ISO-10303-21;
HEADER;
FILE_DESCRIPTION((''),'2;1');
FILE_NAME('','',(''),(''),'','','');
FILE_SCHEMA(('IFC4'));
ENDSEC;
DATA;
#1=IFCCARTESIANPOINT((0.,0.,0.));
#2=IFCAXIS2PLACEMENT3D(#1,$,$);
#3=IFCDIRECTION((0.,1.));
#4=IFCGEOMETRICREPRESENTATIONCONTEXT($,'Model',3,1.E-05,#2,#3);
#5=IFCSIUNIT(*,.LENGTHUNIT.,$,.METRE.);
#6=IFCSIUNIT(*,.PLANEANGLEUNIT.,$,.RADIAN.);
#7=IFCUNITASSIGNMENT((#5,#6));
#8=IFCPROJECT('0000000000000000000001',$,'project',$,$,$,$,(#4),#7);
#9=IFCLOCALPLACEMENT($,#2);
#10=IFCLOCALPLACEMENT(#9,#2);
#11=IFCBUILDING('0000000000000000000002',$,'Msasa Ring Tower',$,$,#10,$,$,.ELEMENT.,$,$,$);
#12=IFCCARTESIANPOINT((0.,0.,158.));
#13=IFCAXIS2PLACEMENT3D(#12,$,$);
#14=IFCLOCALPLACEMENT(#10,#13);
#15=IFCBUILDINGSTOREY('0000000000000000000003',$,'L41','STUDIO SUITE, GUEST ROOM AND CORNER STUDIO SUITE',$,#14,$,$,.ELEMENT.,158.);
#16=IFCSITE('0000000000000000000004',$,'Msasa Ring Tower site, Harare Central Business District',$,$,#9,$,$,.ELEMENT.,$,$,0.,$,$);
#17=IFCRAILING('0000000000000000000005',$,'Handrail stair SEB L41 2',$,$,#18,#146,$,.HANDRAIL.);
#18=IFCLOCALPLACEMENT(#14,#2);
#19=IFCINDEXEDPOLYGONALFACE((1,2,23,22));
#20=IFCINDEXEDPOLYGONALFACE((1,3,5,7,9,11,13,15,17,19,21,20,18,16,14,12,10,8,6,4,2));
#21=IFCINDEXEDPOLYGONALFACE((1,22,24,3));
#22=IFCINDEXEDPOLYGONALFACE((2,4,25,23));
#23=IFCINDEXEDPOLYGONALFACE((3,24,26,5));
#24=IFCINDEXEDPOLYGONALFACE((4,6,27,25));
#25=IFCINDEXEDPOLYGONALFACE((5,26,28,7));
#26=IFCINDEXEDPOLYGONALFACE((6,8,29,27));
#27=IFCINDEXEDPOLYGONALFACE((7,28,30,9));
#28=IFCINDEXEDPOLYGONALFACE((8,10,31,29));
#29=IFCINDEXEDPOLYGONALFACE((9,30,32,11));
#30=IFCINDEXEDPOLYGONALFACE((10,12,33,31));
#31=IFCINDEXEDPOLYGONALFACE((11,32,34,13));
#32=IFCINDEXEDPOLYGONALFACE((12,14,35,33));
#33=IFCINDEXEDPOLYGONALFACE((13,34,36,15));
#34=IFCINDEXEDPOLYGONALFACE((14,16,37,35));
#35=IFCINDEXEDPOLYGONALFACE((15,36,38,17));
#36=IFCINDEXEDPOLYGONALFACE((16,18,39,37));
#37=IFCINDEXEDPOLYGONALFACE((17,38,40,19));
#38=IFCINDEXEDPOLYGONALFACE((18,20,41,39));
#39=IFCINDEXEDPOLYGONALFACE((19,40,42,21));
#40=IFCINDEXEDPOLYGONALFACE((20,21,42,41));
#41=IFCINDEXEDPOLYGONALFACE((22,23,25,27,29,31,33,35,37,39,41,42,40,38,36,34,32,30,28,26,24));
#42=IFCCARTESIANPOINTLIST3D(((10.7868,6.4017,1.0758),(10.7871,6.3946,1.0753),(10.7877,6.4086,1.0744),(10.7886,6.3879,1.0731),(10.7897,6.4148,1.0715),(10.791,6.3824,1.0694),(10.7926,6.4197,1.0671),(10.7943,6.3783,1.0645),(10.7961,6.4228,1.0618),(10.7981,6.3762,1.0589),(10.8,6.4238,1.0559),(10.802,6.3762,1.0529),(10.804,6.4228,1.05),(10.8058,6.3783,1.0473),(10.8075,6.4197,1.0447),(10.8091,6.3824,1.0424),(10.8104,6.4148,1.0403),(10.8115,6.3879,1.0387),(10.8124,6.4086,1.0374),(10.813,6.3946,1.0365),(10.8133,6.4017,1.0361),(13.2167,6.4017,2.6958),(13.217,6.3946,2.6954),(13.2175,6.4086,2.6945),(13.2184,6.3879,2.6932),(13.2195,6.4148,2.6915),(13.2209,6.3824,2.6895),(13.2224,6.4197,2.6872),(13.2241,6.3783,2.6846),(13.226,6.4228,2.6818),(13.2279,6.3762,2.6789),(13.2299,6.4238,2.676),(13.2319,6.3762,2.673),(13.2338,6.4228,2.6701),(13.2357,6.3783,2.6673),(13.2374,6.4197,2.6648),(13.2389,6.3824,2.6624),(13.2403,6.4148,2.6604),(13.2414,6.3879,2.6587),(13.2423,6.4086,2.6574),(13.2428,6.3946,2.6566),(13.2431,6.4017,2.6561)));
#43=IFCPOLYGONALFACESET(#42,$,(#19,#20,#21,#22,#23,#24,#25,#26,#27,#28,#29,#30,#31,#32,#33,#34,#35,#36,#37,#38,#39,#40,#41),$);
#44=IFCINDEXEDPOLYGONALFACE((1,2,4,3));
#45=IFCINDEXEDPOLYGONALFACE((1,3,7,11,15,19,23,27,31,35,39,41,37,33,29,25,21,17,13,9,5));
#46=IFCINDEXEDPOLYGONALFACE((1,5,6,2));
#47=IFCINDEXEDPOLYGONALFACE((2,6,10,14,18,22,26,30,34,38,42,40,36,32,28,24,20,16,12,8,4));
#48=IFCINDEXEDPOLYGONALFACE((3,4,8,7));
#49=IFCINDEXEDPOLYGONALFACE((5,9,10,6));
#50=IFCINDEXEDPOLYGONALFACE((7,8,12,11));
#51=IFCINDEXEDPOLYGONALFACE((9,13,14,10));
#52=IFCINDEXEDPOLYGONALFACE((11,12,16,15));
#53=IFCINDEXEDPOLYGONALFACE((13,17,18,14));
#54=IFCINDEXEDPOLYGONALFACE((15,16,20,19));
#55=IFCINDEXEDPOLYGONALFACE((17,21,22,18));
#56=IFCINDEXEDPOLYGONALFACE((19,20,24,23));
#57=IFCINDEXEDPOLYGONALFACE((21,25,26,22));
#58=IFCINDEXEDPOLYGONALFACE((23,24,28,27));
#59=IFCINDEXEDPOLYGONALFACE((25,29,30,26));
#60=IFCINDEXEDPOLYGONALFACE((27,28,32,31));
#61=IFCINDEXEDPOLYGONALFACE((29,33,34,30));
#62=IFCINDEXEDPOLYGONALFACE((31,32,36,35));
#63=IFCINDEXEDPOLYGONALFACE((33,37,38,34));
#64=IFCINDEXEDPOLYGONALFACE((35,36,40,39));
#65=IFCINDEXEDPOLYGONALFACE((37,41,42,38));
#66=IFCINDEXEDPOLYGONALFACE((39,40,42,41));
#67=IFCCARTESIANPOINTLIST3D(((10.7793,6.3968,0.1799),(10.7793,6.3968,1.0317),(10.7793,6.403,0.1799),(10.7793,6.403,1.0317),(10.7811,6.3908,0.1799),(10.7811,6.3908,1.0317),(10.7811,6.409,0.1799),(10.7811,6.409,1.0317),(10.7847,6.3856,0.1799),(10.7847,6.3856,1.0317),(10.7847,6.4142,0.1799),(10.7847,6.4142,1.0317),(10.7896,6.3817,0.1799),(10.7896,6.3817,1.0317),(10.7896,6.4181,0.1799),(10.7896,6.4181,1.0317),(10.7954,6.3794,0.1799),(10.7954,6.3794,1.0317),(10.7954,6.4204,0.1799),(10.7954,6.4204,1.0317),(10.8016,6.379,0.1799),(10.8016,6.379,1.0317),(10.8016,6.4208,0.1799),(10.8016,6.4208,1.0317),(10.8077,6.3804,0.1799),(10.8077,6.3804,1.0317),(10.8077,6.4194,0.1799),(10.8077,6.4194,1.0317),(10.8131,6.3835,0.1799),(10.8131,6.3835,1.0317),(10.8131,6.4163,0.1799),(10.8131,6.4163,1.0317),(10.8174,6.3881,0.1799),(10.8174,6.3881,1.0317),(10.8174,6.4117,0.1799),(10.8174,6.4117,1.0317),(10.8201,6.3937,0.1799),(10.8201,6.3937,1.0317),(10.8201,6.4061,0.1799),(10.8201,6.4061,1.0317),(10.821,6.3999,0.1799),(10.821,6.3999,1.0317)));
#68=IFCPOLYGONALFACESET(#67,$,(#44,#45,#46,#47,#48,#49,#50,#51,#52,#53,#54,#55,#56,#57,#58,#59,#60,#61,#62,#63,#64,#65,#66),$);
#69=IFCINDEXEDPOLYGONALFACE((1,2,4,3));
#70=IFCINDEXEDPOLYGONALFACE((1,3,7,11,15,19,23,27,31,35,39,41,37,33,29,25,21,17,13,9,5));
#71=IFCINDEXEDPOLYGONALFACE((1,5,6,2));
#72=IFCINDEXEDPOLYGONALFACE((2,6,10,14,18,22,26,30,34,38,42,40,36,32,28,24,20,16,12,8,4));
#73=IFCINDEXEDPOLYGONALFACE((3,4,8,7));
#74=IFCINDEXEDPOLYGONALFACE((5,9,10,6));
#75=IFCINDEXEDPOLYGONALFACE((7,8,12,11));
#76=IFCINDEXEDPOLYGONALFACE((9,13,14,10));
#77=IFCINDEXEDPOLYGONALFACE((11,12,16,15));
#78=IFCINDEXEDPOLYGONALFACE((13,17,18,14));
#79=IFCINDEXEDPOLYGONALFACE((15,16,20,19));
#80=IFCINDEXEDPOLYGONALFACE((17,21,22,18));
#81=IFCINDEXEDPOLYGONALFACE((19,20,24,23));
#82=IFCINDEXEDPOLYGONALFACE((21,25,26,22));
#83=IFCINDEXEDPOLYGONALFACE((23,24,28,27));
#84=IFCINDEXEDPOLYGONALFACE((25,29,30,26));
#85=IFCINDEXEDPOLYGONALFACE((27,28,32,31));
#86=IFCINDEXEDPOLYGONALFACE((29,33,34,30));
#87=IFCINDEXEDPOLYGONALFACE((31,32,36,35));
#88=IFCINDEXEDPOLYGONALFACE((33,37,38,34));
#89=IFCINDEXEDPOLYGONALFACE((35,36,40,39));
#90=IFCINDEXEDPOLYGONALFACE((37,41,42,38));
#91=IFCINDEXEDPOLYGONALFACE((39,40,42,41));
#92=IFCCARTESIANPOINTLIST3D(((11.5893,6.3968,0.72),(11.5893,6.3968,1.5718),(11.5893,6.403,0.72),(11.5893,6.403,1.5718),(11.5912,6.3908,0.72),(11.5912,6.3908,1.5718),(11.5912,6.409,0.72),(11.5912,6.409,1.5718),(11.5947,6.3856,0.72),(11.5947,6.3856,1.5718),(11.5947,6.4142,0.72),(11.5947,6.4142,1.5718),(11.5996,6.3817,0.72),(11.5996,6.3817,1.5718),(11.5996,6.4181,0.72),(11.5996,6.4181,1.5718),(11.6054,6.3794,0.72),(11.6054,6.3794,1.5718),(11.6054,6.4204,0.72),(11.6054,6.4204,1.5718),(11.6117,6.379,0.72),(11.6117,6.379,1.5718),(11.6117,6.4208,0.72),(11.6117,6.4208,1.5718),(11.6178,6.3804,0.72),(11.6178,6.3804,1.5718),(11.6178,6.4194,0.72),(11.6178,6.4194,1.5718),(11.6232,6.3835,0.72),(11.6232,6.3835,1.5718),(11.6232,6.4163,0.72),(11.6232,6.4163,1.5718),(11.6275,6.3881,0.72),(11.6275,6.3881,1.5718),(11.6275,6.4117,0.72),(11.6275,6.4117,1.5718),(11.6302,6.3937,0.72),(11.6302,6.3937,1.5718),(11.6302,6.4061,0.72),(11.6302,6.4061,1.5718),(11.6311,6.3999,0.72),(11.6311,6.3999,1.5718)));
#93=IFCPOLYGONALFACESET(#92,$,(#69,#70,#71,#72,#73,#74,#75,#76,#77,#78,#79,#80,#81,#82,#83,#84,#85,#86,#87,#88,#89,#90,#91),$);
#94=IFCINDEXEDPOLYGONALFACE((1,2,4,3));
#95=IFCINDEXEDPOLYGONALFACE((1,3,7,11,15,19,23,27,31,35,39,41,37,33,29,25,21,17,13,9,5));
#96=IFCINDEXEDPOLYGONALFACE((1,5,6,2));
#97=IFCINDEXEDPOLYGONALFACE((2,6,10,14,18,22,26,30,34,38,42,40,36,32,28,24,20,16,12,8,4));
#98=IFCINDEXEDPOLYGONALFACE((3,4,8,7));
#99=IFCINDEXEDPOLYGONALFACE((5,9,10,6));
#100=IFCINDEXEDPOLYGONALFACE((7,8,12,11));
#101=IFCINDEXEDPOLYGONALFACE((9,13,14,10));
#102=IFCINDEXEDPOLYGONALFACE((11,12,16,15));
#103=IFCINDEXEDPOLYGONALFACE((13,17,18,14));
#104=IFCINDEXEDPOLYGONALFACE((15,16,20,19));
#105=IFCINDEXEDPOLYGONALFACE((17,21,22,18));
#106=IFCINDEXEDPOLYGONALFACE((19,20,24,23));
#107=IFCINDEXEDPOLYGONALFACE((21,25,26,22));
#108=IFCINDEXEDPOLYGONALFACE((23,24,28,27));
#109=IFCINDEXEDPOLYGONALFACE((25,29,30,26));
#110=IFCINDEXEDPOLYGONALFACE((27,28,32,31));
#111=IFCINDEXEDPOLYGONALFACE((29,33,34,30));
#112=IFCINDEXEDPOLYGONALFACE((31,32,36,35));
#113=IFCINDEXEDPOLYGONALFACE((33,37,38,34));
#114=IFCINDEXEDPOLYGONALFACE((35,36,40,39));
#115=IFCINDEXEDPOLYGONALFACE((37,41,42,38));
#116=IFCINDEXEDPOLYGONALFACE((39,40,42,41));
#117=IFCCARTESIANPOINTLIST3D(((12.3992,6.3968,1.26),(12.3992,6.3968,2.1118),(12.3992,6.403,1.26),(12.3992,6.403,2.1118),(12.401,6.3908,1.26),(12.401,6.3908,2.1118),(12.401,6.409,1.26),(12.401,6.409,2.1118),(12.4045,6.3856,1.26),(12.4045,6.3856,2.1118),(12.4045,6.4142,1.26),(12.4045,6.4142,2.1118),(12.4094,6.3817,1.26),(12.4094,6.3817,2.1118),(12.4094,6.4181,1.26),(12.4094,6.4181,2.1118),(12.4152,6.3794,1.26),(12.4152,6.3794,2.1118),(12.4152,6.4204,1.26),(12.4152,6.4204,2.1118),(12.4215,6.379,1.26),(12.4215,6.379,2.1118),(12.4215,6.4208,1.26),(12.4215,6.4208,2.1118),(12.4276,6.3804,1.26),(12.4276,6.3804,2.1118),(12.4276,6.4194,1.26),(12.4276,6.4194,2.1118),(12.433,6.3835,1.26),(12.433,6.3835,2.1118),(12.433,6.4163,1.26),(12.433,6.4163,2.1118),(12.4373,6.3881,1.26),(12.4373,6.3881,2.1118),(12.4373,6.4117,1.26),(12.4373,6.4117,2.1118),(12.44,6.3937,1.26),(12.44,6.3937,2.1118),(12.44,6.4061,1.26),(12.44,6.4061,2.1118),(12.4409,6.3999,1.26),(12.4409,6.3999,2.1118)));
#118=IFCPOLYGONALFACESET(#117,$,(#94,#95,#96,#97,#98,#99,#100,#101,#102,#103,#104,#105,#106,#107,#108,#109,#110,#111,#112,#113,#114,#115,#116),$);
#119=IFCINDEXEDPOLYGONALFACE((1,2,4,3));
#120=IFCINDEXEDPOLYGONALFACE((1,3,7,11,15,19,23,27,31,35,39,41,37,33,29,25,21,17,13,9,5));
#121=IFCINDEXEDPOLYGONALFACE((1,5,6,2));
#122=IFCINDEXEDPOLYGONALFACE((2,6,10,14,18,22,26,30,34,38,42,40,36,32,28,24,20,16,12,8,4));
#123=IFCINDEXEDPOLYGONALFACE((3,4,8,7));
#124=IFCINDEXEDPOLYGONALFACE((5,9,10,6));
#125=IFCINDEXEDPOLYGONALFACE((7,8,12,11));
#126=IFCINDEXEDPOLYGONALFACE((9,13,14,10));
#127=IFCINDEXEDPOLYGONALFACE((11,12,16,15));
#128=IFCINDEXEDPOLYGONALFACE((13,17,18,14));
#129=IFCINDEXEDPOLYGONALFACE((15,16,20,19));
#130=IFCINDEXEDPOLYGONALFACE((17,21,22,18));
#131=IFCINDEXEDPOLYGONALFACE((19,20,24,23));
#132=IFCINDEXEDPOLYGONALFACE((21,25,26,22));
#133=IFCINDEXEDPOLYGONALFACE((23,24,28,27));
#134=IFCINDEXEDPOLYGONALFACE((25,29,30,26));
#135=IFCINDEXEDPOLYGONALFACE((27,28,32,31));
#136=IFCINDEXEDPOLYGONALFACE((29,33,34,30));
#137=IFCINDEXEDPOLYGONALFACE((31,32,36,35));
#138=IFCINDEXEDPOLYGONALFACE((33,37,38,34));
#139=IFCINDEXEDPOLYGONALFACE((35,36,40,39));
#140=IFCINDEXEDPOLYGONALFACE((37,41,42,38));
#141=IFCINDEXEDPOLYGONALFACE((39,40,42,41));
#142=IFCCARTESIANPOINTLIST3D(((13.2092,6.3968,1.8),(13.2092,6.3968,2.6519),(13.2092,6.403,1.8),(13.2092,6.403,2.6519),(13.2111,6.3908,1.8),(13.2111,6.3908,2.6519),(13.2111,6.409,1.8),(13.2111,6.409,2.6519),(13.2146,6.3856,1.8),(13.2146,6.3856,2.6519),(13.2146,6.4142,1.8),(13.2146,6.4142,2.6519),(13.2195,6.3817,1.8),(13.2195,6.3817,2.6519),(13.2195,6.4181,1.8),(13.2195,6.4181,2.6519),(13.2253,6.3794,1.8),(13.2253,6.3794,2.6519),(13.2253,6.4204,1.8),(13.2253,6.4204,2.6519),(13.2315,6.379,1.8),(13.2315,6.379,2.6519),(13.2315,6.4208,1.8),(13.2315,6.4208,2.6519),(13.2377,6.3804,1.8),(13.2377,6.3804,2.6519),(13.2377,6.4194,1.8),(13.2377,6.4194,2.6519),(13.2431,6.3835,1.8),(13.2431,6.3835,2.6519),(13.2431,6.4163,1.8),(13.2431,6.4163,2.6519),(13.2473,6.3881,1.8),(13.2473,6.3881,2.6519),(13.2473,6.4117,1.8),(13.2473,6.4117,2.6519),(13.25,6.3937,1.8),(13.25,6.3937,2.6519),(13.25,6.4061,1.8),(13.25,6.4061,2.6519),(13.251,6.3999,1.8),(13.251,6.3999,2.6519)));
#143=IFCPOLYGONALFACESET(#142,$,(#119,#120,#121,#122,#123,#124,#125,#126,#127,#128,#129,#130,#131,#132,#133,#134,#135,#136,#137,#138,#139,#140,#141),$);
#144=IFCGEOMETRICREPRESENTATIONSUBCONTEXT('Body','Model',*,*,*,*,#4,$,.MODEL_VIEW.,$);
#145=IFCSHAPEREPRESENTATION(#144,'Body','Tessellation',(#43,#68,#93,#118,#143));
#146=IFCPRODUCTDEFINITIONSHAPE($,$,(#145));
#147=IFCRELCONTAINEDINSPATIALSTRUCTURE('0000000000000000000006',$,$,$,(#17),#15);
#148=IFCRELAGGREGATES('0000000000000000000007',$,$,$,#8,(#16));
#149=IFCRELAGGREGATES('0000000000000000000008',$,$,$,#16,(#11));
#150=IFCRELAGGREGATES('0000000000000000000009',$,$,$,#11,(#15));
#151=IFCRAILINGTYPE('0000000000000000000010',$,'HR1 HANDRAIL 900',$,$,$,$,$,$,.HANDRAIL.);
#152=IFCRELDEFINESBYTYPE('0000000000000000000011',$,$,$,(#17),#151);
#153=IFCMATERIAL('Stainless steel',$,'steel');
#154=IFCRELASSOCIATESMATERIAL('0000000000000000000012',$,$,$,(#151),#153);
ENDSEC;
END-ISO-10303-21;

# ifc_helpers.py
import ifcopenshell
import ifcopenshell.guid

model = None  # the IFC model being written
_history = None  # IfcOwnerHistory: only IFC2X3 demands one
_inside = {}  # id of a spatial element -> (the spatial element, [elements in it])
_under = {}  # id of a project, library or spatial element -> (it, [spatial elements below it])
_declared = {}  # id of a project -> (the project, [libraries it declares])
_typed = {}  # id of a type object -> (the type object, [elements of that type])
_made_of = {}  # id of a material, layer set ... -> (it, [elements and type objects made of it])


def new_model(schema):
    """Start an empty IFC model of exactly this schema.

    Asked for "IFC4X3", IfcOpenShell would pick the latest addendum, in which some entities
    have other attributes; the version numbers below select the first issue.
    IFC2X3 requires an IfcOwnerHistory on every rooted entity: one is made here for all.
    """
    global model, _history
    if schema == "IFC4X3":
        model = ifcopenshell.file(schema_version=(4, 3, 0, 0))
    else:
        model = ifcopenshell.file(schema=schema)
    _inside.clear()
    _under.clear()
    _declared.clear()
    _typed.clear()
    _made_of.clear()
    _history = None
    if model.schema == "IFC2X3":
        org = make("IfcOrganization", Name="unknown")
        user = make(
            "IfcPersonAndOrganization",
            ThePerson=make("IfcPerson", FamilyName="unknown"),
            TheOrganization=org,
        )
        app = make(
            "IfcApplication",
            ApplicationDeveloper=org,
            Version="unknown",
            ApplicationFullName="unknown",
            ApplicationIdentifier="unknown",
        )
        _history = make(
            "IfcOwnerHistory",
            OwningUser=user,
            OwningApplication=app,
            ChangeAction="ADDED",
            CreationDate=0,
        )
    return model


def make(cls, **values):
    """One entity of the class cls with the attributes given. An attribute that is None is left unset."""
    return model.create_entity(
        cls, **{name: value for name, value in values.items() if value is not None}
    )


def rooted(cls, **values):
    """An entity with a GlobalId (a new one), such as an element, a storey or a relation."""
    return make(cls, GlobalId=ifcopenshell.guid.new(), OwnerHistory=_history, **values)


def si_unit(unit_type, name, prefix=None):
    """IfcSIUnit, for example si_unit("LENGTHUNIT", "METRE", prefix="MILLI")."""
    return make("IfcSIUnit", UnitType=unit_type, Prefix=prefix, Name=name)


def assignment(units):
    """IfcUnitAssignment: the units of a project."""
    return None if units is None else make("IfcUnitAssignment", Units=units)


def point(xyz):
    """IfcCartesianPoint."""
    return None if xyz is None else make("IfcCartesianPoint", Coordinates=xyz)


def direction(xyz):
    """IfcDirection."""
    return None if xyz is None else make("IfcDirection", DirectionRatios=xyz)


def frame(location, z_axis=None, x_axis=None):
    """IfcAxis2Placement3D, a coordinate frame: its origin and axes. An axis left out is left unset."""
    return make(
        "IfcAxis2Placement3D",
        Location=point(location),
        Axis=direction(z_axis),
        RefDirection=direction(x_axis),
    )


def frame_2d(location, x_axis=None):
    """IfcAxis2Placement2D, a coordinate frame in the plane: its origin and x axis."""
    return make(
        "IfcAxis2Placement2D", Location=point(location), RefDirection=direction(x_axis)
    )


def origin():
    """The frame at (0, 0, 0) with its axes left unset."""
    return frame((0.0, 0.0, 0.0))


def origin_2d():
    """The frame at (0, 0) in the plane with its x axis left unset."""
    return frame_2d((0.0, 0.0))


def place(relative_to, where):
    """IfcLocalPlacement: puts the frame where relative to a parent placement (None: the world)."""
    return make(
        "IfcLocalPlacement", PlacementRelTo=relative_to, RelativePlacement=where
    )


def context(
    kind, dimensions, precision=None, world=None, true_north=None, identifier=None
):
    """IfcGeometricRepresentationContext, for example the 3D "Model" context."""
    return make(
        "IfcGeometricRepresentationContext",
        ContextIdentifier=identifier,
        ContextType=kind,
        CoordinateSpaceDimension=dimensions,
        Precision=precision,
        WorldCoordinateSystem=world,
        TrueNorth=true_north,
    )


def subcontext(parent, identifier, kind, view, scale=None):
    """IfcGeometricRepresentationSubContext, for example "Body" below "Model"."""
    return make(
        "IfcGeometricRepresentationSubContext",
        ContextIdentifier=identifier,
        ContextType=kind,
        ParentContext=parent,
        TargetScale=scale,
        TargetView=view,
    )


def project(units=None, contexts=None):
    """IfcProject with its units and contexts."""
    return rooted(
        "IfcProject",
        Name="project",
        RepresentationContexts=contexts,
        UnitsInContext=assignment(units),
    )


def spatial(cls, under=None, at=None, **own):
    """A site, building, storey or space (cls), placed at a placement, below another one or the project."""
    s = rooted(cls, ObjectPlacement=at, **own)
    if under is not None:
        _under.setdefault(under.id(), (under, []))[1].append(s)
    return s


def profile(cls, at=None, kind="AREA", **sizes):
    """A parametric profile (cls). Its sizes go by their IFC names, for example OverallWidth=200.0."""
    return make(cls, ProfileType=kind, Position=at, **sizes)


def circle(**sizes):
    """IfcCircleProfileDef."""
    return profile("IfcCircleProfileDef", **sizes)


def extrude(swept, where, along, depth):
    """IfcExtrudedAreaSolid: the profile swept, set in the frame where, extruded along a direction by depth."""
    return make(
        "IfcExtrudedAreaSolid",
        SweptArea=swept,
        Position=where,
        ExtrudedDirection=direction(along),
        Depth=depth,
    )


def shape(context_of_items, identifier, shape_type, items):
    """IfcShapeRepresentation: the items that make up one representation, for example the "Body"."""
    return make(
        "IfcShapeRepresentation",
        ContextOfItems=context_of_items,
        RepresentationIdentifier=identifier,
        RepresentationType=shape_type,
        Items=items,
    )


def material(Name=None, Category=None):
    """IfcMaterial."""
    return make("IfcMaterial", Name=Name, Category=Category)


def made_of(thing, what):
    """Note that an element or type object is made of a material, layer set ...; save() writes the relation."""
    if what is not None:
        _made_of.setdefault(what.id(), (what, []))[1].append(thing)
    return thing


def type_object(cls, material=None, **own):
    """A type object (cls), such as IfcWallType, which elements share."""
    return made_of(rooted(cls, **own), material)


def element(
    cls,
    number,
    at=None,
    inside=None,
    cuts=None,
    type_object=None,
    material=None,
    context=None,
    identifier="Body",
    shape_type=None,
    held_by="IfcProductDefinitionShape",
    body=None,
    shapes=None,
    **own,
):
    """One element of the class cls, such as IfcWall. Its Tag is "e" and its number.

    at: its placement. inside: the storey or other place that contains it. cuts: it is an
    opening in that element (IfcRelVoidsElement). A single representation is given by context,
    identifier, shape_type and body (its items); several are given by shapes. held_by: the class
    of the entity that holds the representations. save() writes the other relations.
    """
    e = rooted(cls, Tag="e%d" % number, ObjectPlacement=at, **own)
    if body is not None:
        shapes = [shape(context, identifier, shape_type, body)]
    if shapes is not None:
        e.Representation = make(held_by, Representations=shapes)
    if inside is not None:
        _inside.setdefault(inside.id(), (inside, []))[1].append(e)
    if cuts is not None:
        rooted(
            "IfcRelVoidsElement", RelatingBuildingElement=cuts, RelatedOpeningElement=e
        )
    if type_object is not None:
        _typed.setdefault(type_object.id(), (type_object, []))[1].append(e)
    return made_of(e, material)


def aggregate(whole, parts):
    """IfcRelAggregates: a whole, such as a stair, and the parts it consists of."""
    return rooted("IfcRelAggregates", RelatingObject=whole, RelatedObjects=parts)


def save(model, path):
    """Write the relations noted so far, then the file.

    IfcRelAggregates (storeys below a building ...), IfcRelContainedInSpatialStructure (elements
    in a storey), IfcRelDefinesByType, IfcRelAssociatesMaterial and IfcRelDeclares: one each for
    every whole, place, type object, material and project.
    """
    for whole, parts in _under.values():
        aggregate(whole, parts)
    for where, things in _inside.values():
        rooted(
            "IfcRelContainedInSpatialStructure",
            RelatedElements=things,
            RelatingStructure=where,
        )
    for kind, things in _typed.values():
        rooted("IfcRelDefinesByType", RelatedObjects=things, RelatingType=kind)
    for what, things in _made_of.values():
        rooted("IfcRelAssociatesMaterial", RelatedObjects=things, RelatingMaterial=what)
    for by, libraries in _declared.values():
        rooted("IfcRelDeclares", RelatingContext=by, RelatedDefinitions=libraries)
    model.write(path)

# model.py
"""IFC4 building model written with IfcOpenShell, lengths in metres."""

from ifc_helpers import new_model, si_unit, direction, frame, origin, origin_2d, place, context, subcontext, project, spatial, circle, extrude, material, type_object, element, save


model = new_model("IFC4")

# Units and contexts
model_context = context("Model", 3, precision=1e-05, world=origin(), true_north=direction((0.0, 1.0)))
body_context = subcontext(model_context, "Body", "Model", "MODEL_VIEW")
ifc_project = project(units=[si_unit("LENGTHUNIT", "METRE"), si_unit("PLANEANGLEUNIT", "RADIAN")], contexts=[model_context])

# Site, building, storey
site_placement = place(None, origin())
site = spatial("IfcSite", under=ifc_project, at=site_placement, Name="Msasa Ring Tower site, Harare Central Business District", CompositionType="ELEMENT", RefElevation=0.0)
building_placement = place(site_placement, origin())
building = spatial("IfcBuilding", under=site, at=building_placement, Name="Msasa Ring Tower", CompositionType="ELEMENT")
storey_placement = place(building_placement, frame((0.0, 0.0, 158.0)))
storey = spatial("IfcBuildingStorey", under=building, at=storey_placement, Name="L41", Description="STUDIO SUITE, GUEST ROOM AND CORNER STUDIO SUITE", CompositionType="ELEMENT", Elevation=158.0)

# Railing
ifc_material_1 = material(Name="Stainless steel", Category="steel")
railing_type = type_object("IfcRailingType", Name="HR1 HANDRAIL 900", PredefinedType="HANDRAIL", material=ifc_material_1)
for number, where, name in (
    (1, (10.8, 6.3999, 0.1799), "Handrail stair SEB L41 2"),
):
    element("IfcRailing", number, at=place(storey_placement, frame(where)), inside=storey, type_object=railing_type, Name=name, PredefinedType="HANDRAIL", context=body_context, shape_type="SweptSolid", body=[
        extrude(circle(Radius=0.0239, at=origin_2d()), frame((0.0, 0.0, 0.876), z_axis=(0.832025, 0.0, 0.554739), x_axis=(0.0, 1.0, 0.0)), (0.0, 0.0, 1.0), 2.9204),
        extrude(circle(Radius=0.021, at=origin_2d()), origin(), (0.0, 0.0, 1.0), 0.8518),
        extrude(circle(Radius=0.021, at=origin_2d()), frame((0.8101, 0.0, 0.54)), (0.0, 0.0, 1.0), 0.8518),
        extrude(circle(Radius=0.021, at=origin_2d()), frame((1.6199, 0.0, 1.0801)), (0.0, 0.0, 1.0), 0.8518),
        extrude(circle(Radius=0.021, at=origin_2d()), frame((2.4299, 0.0, 1.6201)), (0.0, 0.0, 1.0), 0.8518),
    ])

save(model, "model.ifc")
